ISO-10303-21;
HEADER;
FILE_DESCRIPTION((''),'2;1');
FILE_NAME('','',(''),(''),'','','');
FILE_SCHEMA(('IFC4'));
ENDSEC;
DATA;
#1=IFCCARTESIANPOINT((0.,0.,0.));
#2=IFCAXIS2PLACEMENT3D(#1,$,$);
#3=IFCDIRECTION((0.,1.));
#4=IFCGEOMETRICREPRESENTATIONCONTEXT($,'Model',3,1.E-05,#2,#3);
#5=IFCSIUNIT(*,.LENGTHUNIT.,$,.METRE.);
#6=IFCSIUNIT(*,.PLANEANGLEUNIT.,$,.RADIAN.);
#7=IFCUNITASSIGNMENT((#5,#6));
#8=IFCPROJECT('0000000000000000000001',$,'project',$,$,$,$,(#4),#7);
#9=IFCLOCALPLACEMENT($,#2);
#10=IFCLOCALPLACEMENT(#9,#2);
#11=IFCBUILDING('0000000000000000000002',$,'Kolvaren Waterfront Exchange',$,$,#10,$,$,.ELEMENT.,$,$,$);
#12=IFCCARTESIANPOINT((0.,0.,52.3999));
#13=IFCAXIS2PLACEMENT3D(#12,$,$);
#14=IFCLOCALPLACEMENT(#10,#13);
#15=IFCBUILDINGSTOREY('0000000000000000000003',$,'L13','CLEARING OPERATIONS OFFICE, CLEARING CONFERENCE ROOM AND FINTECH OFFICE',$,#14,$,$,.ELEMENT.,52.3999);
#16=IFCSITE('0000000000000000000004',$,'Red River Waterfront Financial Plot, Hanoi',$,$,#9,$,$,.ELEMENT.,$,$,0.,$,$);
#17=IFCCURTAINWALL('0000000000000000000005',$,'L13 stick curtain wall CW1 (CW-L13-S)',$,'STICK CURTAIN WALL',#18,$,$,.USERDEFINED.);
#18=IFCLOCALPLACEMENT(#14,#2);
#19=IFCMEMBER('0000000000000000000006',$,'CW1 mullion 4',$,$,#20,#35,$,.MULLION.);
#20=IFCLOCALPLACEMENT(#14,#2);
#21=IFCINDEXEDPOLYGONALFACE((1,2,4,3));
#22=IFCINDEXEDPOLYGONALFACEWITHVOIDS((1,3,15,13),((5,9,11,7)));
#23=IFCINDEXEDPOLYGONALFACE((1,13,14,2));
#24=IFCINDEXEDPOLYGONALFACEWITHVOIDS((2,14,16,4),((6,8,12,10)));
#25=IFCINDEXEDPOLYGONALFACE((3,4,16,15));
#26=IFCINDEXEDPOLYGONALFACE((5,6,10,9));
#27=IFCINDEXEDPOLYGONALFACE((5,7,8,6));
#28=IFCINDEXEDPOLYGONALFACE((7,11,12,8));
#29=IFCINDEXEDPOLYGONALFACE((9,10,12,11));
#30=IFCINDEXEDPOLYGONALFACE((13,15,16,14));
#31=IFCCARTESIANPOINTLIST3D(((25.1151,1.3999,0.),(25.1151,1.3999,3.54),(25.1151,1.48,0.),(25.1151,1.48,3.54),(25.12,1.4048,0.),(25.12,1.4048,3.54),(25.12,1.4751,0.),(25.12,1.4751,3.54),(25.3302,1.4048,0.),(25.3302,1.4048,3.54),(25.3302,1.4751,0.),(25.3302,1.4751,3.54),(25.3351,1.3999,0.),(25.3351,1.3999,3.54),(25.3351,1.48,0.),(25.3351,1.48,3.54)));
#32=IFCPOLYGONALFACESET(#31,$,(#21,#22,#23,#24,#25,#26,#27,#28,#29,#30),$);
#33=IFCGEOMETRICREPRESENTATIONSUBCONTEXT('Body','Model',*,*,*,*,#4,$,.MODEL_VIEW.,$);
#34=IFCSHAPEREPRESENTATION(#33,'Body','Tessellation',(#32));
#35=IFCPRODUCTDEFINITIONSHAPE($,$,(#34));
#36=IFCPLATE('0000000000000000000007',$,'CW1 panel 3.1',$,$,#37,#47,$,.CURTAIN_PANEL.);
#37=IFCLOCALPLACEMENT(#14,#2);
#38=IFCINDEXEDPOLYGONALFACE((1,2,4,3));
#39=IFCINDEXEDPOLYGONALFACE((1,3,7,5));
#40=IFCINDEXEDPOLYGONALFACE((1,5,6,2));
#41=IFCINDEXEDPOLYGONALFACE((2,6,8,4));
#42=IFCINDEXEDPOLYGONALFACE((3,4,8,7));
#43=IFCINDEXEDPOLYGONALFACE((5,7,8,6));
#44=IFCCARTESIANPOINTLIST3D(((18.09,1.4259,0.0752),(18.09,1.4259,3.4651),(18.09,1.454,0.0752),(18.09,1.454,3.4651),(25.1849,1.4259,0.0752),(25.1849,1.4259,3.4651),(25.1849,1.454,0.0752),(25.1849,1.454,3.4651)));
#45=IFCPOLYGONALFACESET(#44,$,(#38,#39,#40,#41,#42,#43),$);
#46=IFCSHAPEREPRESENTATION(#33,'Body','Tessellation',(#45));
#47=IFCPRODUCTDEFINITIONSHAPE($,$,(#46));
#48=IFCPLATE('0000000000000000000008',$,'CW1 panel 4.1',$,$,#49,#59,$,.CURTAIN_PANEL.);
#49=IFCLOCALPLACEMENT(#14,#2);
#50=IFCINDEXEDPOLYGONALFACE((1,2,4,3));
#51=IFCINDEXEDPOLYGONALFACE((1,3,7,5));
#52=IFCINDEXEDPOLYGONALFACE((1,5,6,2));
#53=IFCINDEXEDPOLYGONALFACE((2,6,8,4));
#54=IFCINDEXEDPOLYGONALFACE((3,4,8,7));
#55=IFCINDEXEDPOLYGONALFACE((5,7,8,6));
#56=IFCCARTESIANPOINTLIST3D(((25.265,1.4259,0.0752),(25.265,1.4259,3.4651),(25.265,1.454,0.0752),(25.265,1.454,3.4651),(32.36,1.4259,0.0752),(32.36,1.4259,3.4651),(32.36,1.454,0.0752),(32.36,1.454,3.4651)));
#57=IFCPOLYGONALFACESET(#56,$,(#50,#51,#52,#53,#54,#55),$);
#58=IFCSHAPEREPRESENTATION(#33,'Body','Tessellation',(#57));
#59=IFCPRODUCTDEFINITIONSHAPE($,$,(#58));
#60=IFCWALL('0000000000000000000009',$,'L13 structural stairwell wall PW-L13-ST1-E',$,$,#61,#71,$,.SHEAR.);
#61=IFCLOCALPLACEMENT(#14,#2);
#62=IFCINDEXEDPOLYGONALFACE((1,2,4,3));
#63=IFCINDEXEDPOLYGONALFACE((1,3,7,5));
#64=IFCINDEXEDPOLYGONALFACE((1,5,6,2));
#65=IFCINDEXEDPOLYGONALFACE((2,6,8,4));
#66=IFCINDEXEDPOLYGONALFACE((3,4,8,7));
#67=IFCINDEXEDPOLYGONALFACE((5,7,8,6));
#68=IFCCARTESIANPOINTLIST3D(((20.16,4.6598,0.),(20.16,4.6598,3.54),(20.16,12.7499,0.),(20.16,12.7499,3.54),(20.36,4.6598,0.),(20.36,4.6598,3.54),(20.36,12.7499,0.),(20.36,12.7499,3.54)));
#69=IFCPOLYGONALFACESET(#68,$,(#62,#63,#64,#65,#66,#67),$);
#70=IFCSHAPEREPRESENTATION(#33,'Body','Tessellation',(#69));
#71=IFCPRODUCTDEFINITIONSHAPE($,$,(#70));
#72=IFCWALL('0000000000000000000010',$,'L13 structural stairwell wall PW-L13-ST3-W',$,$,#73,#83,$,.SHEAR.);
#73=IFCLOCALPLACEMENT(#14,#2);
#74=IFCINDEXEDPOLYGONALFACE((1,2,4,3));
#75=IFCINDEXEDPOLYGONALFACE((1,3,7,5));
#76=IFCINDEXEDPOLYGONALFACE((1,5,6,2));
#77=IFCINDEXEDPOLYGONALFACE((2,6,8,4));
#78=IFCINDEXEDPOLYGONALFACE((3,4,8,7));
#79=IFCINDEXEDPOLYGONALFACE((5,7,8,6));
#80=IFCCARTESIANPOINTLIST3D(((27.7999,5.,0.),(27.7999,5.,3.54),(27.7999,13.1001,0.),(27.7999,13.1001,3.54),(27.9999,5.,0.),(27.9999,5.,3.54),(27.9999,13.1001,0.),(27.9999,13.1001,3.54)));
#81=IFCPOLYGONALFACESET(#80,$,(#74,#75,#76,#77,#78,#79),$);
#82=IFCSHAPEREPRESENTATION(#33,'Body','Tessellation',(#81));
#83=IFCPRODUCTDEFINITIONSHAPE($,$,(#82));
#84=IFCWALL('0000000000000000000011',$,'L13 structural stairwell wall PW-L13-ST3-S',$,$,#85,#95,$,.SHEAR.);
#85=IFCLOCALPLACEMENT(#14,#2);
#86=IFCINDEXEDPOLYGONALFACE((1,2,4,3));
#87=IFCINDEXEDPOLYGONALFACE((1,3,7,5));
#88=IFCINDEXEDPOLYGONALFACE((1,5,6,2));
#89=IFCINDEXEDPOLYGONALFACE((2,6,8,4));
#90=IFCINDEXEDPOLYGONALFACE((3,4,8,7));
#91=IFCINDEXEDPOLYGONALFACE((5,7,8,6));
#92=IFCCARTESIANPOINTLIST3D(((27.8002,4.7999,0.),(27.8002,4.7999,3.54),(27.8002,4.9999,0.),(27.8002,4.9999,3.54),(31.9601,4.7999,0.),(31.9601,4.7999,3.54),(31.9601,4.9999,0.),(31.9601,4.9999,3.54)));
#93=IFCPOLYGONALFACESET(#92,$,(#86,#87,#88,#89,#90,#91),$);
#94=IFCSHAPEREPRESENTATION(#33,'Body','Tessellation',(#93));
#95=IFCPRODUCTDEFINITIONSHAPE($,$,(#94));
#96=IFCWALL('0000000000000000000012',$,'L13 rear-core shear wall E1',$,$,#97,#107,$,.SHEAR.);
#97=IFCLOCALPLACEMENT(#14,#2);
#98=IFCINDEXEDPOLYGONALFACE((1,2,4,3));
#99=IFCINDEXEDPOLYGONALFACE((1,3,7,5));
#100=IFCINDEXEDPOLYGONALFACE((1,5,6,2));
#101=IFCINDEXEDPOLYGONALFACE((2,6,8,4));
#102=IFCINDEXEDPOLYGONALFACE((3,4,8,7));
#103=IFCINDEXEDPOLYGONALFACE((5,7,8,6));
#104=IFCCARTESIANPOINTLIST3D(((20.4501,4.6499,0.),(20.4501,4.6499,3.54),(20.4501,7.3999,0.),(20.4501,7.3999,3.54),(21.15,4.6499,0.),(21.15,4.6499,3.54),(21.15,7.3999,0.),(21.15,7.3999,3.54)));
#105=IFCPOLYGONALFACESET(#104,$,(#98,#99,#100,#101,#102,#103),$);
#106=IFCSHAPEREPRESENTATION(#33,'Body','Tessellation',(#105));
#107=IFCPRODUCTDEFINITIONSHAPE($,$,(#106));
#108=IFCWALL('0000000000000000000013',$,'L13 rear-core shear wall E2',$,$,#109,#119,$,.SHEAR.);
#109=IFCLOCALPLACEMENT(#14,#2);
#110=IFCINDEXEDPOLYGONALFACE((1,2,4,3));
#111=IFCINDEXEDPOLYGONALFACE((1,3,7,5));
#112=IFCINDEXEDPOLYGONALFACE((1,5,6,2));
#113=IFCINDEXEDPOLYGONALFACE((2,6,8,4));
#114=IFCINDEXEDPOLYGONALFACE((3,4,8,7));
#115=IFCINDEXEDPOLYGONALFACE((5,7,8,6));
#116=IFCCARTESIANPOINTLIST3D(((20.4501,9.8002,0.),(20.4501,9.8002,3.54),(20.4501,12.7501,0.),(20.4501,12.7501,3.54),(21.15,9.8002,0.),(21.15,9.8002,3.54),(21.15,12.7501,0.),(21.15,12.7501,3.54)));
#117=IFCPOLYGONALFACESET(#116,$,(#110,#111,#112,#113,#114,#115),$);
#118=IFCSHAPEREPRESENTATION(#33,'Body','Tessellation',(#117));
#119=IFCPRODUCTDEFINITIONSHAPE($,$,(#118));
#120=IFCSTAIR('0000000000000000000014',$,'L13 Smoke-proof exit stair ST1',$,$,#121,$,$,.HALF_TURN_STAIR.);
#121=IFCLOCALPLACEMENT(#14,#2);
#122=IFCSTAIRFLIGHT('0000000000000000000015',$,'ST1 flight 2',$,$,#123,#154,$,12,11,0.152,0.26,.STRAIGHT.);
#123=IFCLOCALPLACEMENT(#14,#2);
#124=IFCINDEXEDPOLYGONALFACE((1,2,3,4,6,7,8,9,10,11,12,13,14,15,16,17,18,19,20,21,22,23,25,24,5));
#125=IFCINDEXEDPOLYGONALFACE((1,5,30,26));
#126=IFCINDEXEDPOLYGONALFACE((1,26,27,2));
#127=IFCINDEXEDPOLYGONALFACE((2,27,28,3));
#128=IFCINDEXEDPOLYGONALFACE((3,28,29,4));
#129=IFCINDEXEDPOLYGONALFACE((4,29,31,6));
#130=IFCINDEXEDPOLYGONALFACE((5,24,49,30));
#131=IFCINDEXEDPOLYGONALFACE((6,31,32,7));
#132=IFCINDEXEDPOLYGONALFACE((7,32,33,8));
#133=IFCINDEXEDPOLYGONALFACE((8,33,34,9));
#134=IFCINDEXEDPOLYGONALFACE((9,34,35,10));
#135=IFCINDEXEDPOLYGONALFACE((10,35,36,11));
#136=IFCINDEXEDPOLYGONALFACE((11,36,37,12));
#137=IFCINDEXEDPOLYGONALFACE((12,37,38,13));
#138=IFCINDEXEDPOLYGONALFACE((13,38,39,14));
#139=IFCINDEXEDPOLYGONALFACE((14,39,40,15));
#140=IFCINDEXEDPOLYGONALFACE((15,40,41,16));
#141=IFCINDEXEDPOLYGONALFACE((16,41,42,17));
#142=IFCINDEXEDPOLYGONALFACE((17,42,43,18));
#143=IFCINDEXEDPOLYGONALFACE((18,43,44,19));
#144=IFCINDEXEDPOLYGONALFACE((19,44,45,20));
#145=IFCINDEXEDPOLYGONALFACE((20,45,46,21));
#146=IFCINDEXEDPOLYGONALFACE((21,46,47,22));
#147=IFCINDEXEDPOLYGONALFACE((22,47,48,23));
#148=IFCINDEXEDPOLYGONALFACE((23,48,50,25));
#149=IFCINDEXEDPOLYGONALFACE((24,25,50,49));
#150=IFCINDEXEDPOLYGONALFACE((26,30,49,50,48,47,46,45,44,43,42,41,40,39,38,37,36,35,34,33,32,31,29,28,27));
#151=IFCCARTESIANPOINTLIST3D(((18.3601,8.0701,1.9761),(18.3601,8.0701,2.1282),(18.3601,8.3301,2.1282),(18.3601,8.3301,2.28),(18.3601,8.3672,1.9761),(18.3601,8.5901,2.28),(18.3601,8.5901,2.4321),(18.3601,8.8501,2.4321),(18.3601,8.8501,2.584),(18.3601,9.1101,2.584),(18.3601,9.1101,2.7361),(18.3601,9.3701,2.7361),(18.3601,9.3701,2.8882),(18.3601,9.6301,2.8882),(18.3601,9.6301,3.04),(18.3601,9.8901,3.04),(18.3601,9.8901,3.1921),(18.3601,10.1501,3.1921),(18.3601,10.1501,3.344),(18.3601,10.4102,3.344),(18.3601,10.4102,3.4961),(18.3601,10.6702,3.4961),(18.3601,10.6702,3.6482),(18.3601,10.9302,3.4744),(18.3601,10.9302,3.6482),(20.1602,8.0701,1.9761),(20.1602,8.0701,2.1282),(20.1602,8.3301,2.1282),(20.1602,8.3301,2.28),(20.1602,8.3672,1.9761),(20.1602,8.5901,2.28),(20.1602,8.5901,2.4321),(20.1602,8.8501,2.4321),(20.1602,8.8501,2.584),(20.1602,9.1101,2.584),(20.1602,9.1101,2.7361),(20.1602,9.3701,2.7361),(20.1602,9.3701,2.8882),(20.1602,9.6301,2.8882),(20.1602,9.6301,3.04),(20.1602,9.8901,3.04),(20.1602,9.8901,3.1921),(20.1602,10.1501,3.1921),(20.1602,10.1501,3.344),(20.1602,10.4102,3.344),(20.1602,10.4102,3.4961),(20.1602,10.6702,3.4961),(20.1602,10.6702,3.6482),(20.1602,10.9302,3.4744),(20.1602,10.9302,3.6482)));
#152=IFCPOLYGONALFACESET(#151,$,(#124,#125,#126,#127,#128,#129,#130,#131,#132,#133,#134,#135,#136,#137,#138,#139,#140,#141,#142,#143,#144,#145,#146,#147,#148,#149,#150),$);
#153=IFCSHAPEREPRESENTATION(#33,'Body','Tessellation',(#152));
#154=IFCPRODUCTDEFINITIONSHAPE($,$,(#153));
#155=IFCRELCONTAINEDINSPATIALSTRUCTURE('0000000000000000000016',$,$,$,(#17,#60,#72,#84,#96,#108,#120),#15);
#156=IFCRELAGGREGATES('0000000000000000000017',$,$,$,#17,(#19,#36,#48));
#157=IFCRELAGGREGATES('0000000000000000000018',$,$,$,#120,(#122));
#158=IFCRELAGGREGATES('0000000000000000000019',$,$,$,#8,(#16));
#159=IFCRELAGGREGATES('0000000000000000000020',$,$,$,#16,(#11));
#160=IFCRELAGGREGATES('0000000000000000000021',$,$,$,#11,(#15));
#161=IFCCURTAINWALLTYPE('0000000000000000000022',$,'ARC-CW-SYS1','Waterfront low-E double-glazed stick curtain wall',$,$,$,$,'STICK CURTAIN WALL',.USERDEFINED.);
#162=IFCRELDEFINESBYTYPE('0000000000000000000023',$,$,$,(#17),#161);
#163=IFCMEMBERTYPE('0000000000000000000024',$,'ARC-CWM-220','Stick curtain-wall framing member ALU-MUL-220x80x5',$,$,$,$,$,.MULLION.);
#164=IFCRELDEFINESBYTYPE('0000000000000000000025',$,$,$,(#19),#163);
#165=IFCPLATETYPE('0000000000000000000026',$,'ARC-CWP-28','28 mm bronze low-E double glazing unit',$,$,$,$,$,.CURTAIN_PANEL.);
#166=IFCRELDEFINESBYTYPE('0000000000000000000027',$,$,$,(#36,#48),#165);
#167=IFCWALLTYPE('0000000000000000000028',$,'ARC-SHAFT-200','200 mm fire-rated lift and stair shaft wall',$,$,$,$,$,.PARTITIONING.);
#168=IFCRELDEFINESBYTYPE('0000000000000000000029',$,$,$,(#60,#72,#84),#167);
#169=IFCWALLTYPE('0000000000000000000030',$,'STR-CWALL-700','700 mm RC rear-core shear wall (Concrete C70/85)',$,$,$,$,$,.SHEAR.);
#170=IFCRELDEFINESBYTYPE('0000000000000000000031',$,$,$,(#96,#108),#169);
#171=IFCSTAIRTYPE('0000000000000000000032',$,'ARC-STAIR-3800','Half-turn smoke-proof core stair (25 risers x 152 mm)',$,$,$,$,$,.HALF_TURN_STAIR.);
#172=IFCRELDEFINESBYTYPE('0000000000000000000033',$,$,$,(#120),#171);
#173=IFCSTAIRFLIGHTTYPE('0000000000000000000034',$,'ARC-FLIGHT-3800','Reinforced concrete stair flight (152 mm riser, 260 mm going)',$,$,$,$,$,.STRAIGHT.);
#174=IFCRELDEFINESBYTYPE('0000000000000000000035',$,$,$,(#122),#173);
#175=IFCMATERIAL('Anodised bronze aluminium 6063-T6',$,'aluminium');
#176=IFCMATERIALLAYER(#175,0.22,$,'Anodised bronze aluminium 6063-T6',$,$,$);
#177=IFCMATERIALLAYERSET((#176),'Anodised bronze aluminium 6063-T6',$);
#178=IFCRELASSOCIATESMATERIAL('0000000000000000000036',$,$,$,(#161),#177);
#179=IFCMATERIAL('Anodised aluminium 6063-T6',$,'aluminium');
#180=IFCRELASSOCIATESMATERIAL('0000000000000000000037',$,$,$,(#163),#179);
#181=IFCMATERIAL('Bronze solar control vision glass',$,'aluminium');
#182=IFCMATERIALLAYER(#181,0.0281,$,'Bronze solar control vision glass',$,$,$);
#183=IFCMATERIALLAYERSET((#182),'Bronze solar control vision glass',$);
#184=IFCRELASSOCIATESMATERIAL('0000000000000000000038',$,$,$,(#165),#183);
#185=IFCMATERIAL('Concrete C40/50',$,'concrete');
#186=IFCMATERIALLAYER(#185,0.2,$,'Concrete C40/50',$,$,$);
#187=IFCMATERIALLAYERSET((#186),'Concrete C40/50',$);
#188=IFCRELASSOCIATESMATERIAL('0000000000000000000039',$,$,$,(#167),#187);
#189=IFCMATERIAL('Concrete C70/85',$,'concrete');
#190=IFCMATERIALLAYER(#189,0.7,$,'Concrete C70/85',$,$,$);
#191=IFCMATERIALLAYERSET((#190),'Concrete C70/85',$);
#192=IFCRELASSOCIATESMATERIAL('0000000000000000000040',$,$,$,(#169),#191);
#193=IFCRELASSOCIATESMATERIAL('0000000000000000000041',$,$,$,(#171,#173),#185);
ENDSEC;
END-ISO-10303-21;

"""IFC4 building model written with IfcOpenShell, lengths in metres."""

from ifc_helpers import new_model, si_unit, direction, frame, frame_2d, origin, origin_with_axes, origin_2d, place, context, subcontext, project, spatial, polyline, rectangle, hollow_rectangle, outline, extrude, source, transform, mapped, material, layer, layer_set, material_profile, profile_set, type_object, element, aggregate, save


model = new_model("IFC4")

# Units and contexts
model_context = context("Model", 3, precision=1e-05, world=origin(), true_north=direction((0.0, 1.0)))
body_context = subcontext(model_context, "Body", "Model", "MODEL_VIEW")
ifc_project = project(units=[si_unit("LENGTHUNIT", "METRE"), si_unit("PLANEANGLEUNIT", "RADIAN")], contexts=[model_context])

# Site, building, storey
site_placement = place(None, origin())
site = spatial("IfcSite", under=ifc_project, at=site_placement, Name="Red River Waterfront Financial Plot, Hanoi", CompositionType="ELEMENT", RefElevation=0.0)
building_placement = place(site_placement, origin())
building = spatial("IfcBuilding", under=site, at=building_placement, Name="Kolvaren Waterfront Exchange", CompositionType="ELEMENT")
storey_placement = place(building_placement, frame((0.0, 0.0, 52.3999)))
storey = spatial("IfcBuildingStorey", under=building, at=storey_placement, Name="L13", Description="CLEARING OPERATIONS OFFICE, CLEARING CONFERENCE ROOM AND FINTECH OFFICE", CompositionType="ELEMENT", Elevation=52.3999)

# Shared definitions
ifc_material_1 = material(Name="Concrete C70/85", Category="concrete")

# Curtain wall, member, plates
ifc_material_2 = material(Name="Anodised bronze aluminium 6063-T6", Category="aluminium")
ifc_layer_1 = layer(ifc_material_2, 0.22, Name="Anodised bronze aluminium 6063-T6")
ifc_layer_set_1 = layer_set([ifc_layer_1], Name="Anodised bronze aluminium 6063-T6")
curtain_wall_type = type_object("IfcCurtainWallType", Name="ARC-CW-SYS1", Description="Waterfront low-E double-glazed stick curtain wall", ElementType="STICK CURTAIN WALL", PredefinedType="USERDEFINED", material=ifc_layer_set_1)
curtain_wall_placement = place(storey_placement, origin())
curtain_wall = element("IfcCurtainWall", 1, at=curtain_wall_placement, inside=storey, type_object=curtain_wall_type, Name="L13 stick curtain wall CW1 (CW-L13-S)", ObjectType="STICK CURTAIN WALL", PredefinedType="USERDEFINED")
ifc_material_3 = material(Name="Anodised aluminium 6063-T6", Category="aluminium")
ifc_material_profile_1 = material_profile(ifc_material_3, hollow_rectangle(XDim=0.0801, YDim=0.22, WallThickness=0.0049, at=origin_2d()), Name="ALU-MUL-220x80x5")
ifc_profile_set_1 = profile_set([ifc_material_profile_1], Name="Anodised aluminium 6063-T6")
member_type_1 = type_object("IfcMemberType", Name="ARC-CWM-220", Description="Stick curtain-wall framing member ALU-MUL-220x80x5", PredefinedType="MULLION", material=ifc_profile_set_1)
shared_shape_1 = source(origin_with_axes(), body_context, "Body", "SweptSolid", [
    extrude(hollow_rectangle(XDim=0.0801, YDim=0.22, WallThickness=0.0049, at=origin_2d()), origin(), (0.0, 0.0, 1.0), 3.54),
])
member_1_placement = place(storey_placement, frame((25.2251, 1.4399, 0.0), z_axis=(0.0, 0.0, 1.0), x_axis=(0.0, 1.0, 0.0)))
member_1 = element("IfcMember", 2, at=member_1_placement, type_object=member_type_1, Name="CW1 mullion 4", PredefinedType="MULLION", context=body_context, shape_type="MappedRepresentation", body=[
    mapped(shared_shape_1, transform((0.0, 0.0, 0.0), x_axis=(1.0, 0.0, 0.0), y_axis=(0.0, 1.0, 0.0), z_axis=(0.0, 0.0, 1.0), scale=1.0)),
])
ifc_material_4 = material(Name="Bronze solar control vision glass", Category="aluminium")
ifc_layer_2 = layer(ifc_material_4, 0.0281, Name="Bronze solar control vision glass")
ifc_layer_set_2 = layer_set([ifc_layer_2], Name="Bronze solar control vision glass")
plate_type = type_object("IfcPlateType", Name="ARC-CWP-28", Description="28 mm bronze low-E double glazing unit", PredefinedType="CURTAIN_PANEL", material=ifc_layer_set_2)
shared_shape_2 = source(origin_with_axes(), body_context, "Body", "SweptSolid", [
    extrude(rectangle(XDim=7.095, YDim=0.0281, at=origin_2d()), origin(), (0.0, 0.0, 1.0), 3.3899),
])
plate_1_placement = place(storey_placement, frame((21.6375, 1.4399, 0.0752), z_axis=(0.0, 0.0, 1.0), x_axis=(1.0, 0.0, 0.0)))
plate_1 = element("IfcPlate", 3, at=plate_1_placement, type_object=plate_type, Name="CW1 panel 3.1", PredefinedType="CURTAIN_PANEL", context=body_context, shape_type="MappedRepresentation", body=[
    mapped(shared_shape_2, transform((0.0, 0.0, 0.0), x_axis=(1.0, 0.0, 0.0), y_axis=(0.0, 1.0, 0.0), z_axis=(0.0, 0.0, 1.0), scale=1.0)),
])
plate_2_placement = place(storey_placement, frame((28.8125, 1.4399, 0.0752), z_axis=(0.0, 0.0, 1.0), x_axis=(1.0, 0.0, 0.0)))
plate_2 = element("IfcPlate", 4, at=plate_2_placement, type_object=plate_type, Name="CW1 panel 4.1", PredefinedType="CURTAIN_PANEL", context=body_context, shape_type="MappedRepresentation", body=[
    mapped(shared_shape_2, transform((0.0, 0.0, 0.0), x_axis=(1.0, 0.0, 0.0), y_axis=(0.0, 1.0, 0.0), z_axis=(0.0, 0.0, 1.0), scale=1.0)),
])
aggregate(curtain_wall, [member_1, plate_1, plate_2])

# Walls
ifc_material_5 = material(Name="Concrete C40/50", Category="concrete")
ifc_layer_3 = layer(ifc_material_5, 0.2, Name="Concrete C40/50")
ifc_layer_set_3 = layer_set([ifc_layer_3], Name="Concrete C40/50")
wall_type_1 = type_object("IfcWallType", Name="ARC-SHAFT-200", Description="200 mm fire-rated lift and stair shaft wall", PredefinedType="PARTITIONING", material=ifc_layer_set_3)
wall_1_placement = place(storey_placement, frame((20.26, 4.6599, 0.0), z_axis=(0.0, 0.0, 1.0), x_axis=(0.0, 1.0, 0.0)))
element("IfcWall", 5, at=wall_1_placement, inside=storey, type_object=wall_type_1, Name="L13 structural stairwell wall PW-L13-ST1-E", PredefinedType="SHEAR", context=body_context, shape_type="SweptSolid", body=[
    extrude(rectangle(XDim=8.0901, YDim=0.2, at=frame_2d((4.0449, 0.0))), origin(), (0.0, 0.0, 1.0), 3.54),
])
wall_2_placement = place(storey_placement, frame((27.8999, 5.0, 0.0), z_axis=(0.0, 0.0, 1.0), x_axis=(0.0, 1.0, 0.0)))
element("IfcWall", 6, at=wall_2_placement, inside=storey, type_object=wall_type_1, Name="L13 structural stairwell wall PW-L13-ST3-W", PredefinedType="SHEAR", context=body_context, shape_type="SweptSolid", body=[
    extrude(rectangle(XDim=8.1001, YDim=0.2, at=frame_2d((4.05, 0.0))), origin(), (0.0, 0.0, 1.0), 3.54),
])
wall_3_placement = place(storey_placement, frame((27.8, 4.8999, 0.0), z_axis=(0.0, 0.0, 1.0), x_axis=(1.0, 0.0, 0.0)))
element("IfcWall", 7, at=wall_3_placement, inside=storey, type_object=wall_type_1, Name="L13 structural stairwell wall PW-L13-ST3-S", PredefinedType="SHEAR", context=body_context, shape_type="SweptSolid", body=[
    extrude(rectangle(XDim=4.1599, YDim=0.2, at=frame_2d((2.0801, 0.0))), origin(), (0.0, 0.0, 1.0), 3.54),
])
ifc_layer_4 = layer(ifc_material_1, 0.7, Name="Concrete C70/85")
ifc_layer_set_4 = layer_set([ifc_layer_4], Name="Concrete C70/85")
wall_type_2 = type_object("IfcWallType", Name="STR-CWALL-700", Description="700 mm RC rear-core shear wall (Concrete C70/85)", PredefinedType="SHEAR", material=ifc_layer_set_4)
wall_4_placement = place(storey_placement, frame((20.8, 4.6499, 0.0), z_axis=(0.0, 0.0, 1.0), x_axis=(0.0, 1.0, 0.0)))
element("IfcWall", 8, at=wall_4_placement, inside=storey, type_object=wall_type_2, Name="L13 rear-core shear wall E1", PredefinedType="SHEAR", context=body_context, shape_type="SweptSolid", body=[
    extrude(rectangle(XDim=2.75, YDim=0.7, at=frame_2d((1.375, 0.0))), origin(), (0.0, 0.0, 1.0), 3.54),
])
wall_5_placement = place(storey_placement, frame((20.8, 9.8, 0.0), z_axis=(0.0, 0.0, 1.0), x_axis=(0.0, 1.0, 0.0)))
element("IfcWall", 9, at=wall_5_placement, inside=storey, type_object=wall_type_2, Name="L13 rear-core shear wall E2", PredefinedType="SHEAR", context=body_context, shape_type="SweptSolid", body=[
    extrude(rectangle(XDim=2.95, YDim=0.7, at=frame_2d((1.4751, 0.0))), origin(), (0.0, 0.0, 1.0), 3.54),
])

# Stair, stair flight
stair_type = type_object("IfcStairType", Name="ARC-STAIR-3800", Description="Half-turn smoke-proof core stair (25 risers x 152 mm)", PredefinedType="HALF_TURN_STAIR", material=ifc_material_5)
stair_1_placement = place(storey_placement, origin())
stair_1 = element("IfcStair", 10, at=stair_1_placement, inside=storey, type_object=stair_type, Name="L13 Smoke-proof exit stair ST1", PredefinedType="HALF_TURN_STAIR")
stair_flight_type = type_object("IfcStairFlightType", Name="ARC-FLIGHT-3800", Description="Reinforced concrete stair flight (152 mm riser, 260 mm going)", PredefinedType="STRAIGHT", material=ifc_material_5)
stair_flight_1_placement = place(storey_placement, frame((19.26, 8.0701, 1.9761), z_axis=(0.0, 0.0, 1.0), x_axis=(0.0, 1.0, 0.0)))
stair_flight_1 = element("IfcStairFlight", 11, at=stair_flight_1_placement, type_object=stair_flight_type, Name="ST1 flight 2", NumberOfRisers=12, NumberOfTreads=11, PredefinedType="STRAIGHT", RiserHeight=0.152, TreadLength=0.26, context=body_context, shape_type="SweptSolid", body=[
    extrude(outline(polyline([(0.0, 0.0), (0.0, 0.1521), (0.26, 0.1521), (0.26, 0.304), (0.52, 0.304), (0.52, 0.4561), (0.78, 0.4561), (0.78, 0.6079), (1.04, 0.6079), (1.04, 0.76), (1.3, 0.76), (1.3, 0.9121), (1.5601, 0.9121), (1.5601, 1.064), (1.8201, 1.064), (1.8201, 1.2161), (2.0801, 1.2161), (2.0801, 1.3679), (2.3401, 1.3679), (2.3401, 1.52), (2.6001, 1.52), (2.6001, 1.6721), (2.8601, 1.6721), (2.8601, 1.824), (2.8601, 1.4983), (0.2971, 0.0), (0.0, 0.0)])), frame((0.0, 0.8999, 0.0), z_axis=(0.0, -1.0, 0.0), x_axis=(1.0, 0.0, 0.0)), (0.0, 0.0, 1.0), 1.8),
])
aggregate(stair_1, [stair_flight_1])

save(model, "model.ifc")
